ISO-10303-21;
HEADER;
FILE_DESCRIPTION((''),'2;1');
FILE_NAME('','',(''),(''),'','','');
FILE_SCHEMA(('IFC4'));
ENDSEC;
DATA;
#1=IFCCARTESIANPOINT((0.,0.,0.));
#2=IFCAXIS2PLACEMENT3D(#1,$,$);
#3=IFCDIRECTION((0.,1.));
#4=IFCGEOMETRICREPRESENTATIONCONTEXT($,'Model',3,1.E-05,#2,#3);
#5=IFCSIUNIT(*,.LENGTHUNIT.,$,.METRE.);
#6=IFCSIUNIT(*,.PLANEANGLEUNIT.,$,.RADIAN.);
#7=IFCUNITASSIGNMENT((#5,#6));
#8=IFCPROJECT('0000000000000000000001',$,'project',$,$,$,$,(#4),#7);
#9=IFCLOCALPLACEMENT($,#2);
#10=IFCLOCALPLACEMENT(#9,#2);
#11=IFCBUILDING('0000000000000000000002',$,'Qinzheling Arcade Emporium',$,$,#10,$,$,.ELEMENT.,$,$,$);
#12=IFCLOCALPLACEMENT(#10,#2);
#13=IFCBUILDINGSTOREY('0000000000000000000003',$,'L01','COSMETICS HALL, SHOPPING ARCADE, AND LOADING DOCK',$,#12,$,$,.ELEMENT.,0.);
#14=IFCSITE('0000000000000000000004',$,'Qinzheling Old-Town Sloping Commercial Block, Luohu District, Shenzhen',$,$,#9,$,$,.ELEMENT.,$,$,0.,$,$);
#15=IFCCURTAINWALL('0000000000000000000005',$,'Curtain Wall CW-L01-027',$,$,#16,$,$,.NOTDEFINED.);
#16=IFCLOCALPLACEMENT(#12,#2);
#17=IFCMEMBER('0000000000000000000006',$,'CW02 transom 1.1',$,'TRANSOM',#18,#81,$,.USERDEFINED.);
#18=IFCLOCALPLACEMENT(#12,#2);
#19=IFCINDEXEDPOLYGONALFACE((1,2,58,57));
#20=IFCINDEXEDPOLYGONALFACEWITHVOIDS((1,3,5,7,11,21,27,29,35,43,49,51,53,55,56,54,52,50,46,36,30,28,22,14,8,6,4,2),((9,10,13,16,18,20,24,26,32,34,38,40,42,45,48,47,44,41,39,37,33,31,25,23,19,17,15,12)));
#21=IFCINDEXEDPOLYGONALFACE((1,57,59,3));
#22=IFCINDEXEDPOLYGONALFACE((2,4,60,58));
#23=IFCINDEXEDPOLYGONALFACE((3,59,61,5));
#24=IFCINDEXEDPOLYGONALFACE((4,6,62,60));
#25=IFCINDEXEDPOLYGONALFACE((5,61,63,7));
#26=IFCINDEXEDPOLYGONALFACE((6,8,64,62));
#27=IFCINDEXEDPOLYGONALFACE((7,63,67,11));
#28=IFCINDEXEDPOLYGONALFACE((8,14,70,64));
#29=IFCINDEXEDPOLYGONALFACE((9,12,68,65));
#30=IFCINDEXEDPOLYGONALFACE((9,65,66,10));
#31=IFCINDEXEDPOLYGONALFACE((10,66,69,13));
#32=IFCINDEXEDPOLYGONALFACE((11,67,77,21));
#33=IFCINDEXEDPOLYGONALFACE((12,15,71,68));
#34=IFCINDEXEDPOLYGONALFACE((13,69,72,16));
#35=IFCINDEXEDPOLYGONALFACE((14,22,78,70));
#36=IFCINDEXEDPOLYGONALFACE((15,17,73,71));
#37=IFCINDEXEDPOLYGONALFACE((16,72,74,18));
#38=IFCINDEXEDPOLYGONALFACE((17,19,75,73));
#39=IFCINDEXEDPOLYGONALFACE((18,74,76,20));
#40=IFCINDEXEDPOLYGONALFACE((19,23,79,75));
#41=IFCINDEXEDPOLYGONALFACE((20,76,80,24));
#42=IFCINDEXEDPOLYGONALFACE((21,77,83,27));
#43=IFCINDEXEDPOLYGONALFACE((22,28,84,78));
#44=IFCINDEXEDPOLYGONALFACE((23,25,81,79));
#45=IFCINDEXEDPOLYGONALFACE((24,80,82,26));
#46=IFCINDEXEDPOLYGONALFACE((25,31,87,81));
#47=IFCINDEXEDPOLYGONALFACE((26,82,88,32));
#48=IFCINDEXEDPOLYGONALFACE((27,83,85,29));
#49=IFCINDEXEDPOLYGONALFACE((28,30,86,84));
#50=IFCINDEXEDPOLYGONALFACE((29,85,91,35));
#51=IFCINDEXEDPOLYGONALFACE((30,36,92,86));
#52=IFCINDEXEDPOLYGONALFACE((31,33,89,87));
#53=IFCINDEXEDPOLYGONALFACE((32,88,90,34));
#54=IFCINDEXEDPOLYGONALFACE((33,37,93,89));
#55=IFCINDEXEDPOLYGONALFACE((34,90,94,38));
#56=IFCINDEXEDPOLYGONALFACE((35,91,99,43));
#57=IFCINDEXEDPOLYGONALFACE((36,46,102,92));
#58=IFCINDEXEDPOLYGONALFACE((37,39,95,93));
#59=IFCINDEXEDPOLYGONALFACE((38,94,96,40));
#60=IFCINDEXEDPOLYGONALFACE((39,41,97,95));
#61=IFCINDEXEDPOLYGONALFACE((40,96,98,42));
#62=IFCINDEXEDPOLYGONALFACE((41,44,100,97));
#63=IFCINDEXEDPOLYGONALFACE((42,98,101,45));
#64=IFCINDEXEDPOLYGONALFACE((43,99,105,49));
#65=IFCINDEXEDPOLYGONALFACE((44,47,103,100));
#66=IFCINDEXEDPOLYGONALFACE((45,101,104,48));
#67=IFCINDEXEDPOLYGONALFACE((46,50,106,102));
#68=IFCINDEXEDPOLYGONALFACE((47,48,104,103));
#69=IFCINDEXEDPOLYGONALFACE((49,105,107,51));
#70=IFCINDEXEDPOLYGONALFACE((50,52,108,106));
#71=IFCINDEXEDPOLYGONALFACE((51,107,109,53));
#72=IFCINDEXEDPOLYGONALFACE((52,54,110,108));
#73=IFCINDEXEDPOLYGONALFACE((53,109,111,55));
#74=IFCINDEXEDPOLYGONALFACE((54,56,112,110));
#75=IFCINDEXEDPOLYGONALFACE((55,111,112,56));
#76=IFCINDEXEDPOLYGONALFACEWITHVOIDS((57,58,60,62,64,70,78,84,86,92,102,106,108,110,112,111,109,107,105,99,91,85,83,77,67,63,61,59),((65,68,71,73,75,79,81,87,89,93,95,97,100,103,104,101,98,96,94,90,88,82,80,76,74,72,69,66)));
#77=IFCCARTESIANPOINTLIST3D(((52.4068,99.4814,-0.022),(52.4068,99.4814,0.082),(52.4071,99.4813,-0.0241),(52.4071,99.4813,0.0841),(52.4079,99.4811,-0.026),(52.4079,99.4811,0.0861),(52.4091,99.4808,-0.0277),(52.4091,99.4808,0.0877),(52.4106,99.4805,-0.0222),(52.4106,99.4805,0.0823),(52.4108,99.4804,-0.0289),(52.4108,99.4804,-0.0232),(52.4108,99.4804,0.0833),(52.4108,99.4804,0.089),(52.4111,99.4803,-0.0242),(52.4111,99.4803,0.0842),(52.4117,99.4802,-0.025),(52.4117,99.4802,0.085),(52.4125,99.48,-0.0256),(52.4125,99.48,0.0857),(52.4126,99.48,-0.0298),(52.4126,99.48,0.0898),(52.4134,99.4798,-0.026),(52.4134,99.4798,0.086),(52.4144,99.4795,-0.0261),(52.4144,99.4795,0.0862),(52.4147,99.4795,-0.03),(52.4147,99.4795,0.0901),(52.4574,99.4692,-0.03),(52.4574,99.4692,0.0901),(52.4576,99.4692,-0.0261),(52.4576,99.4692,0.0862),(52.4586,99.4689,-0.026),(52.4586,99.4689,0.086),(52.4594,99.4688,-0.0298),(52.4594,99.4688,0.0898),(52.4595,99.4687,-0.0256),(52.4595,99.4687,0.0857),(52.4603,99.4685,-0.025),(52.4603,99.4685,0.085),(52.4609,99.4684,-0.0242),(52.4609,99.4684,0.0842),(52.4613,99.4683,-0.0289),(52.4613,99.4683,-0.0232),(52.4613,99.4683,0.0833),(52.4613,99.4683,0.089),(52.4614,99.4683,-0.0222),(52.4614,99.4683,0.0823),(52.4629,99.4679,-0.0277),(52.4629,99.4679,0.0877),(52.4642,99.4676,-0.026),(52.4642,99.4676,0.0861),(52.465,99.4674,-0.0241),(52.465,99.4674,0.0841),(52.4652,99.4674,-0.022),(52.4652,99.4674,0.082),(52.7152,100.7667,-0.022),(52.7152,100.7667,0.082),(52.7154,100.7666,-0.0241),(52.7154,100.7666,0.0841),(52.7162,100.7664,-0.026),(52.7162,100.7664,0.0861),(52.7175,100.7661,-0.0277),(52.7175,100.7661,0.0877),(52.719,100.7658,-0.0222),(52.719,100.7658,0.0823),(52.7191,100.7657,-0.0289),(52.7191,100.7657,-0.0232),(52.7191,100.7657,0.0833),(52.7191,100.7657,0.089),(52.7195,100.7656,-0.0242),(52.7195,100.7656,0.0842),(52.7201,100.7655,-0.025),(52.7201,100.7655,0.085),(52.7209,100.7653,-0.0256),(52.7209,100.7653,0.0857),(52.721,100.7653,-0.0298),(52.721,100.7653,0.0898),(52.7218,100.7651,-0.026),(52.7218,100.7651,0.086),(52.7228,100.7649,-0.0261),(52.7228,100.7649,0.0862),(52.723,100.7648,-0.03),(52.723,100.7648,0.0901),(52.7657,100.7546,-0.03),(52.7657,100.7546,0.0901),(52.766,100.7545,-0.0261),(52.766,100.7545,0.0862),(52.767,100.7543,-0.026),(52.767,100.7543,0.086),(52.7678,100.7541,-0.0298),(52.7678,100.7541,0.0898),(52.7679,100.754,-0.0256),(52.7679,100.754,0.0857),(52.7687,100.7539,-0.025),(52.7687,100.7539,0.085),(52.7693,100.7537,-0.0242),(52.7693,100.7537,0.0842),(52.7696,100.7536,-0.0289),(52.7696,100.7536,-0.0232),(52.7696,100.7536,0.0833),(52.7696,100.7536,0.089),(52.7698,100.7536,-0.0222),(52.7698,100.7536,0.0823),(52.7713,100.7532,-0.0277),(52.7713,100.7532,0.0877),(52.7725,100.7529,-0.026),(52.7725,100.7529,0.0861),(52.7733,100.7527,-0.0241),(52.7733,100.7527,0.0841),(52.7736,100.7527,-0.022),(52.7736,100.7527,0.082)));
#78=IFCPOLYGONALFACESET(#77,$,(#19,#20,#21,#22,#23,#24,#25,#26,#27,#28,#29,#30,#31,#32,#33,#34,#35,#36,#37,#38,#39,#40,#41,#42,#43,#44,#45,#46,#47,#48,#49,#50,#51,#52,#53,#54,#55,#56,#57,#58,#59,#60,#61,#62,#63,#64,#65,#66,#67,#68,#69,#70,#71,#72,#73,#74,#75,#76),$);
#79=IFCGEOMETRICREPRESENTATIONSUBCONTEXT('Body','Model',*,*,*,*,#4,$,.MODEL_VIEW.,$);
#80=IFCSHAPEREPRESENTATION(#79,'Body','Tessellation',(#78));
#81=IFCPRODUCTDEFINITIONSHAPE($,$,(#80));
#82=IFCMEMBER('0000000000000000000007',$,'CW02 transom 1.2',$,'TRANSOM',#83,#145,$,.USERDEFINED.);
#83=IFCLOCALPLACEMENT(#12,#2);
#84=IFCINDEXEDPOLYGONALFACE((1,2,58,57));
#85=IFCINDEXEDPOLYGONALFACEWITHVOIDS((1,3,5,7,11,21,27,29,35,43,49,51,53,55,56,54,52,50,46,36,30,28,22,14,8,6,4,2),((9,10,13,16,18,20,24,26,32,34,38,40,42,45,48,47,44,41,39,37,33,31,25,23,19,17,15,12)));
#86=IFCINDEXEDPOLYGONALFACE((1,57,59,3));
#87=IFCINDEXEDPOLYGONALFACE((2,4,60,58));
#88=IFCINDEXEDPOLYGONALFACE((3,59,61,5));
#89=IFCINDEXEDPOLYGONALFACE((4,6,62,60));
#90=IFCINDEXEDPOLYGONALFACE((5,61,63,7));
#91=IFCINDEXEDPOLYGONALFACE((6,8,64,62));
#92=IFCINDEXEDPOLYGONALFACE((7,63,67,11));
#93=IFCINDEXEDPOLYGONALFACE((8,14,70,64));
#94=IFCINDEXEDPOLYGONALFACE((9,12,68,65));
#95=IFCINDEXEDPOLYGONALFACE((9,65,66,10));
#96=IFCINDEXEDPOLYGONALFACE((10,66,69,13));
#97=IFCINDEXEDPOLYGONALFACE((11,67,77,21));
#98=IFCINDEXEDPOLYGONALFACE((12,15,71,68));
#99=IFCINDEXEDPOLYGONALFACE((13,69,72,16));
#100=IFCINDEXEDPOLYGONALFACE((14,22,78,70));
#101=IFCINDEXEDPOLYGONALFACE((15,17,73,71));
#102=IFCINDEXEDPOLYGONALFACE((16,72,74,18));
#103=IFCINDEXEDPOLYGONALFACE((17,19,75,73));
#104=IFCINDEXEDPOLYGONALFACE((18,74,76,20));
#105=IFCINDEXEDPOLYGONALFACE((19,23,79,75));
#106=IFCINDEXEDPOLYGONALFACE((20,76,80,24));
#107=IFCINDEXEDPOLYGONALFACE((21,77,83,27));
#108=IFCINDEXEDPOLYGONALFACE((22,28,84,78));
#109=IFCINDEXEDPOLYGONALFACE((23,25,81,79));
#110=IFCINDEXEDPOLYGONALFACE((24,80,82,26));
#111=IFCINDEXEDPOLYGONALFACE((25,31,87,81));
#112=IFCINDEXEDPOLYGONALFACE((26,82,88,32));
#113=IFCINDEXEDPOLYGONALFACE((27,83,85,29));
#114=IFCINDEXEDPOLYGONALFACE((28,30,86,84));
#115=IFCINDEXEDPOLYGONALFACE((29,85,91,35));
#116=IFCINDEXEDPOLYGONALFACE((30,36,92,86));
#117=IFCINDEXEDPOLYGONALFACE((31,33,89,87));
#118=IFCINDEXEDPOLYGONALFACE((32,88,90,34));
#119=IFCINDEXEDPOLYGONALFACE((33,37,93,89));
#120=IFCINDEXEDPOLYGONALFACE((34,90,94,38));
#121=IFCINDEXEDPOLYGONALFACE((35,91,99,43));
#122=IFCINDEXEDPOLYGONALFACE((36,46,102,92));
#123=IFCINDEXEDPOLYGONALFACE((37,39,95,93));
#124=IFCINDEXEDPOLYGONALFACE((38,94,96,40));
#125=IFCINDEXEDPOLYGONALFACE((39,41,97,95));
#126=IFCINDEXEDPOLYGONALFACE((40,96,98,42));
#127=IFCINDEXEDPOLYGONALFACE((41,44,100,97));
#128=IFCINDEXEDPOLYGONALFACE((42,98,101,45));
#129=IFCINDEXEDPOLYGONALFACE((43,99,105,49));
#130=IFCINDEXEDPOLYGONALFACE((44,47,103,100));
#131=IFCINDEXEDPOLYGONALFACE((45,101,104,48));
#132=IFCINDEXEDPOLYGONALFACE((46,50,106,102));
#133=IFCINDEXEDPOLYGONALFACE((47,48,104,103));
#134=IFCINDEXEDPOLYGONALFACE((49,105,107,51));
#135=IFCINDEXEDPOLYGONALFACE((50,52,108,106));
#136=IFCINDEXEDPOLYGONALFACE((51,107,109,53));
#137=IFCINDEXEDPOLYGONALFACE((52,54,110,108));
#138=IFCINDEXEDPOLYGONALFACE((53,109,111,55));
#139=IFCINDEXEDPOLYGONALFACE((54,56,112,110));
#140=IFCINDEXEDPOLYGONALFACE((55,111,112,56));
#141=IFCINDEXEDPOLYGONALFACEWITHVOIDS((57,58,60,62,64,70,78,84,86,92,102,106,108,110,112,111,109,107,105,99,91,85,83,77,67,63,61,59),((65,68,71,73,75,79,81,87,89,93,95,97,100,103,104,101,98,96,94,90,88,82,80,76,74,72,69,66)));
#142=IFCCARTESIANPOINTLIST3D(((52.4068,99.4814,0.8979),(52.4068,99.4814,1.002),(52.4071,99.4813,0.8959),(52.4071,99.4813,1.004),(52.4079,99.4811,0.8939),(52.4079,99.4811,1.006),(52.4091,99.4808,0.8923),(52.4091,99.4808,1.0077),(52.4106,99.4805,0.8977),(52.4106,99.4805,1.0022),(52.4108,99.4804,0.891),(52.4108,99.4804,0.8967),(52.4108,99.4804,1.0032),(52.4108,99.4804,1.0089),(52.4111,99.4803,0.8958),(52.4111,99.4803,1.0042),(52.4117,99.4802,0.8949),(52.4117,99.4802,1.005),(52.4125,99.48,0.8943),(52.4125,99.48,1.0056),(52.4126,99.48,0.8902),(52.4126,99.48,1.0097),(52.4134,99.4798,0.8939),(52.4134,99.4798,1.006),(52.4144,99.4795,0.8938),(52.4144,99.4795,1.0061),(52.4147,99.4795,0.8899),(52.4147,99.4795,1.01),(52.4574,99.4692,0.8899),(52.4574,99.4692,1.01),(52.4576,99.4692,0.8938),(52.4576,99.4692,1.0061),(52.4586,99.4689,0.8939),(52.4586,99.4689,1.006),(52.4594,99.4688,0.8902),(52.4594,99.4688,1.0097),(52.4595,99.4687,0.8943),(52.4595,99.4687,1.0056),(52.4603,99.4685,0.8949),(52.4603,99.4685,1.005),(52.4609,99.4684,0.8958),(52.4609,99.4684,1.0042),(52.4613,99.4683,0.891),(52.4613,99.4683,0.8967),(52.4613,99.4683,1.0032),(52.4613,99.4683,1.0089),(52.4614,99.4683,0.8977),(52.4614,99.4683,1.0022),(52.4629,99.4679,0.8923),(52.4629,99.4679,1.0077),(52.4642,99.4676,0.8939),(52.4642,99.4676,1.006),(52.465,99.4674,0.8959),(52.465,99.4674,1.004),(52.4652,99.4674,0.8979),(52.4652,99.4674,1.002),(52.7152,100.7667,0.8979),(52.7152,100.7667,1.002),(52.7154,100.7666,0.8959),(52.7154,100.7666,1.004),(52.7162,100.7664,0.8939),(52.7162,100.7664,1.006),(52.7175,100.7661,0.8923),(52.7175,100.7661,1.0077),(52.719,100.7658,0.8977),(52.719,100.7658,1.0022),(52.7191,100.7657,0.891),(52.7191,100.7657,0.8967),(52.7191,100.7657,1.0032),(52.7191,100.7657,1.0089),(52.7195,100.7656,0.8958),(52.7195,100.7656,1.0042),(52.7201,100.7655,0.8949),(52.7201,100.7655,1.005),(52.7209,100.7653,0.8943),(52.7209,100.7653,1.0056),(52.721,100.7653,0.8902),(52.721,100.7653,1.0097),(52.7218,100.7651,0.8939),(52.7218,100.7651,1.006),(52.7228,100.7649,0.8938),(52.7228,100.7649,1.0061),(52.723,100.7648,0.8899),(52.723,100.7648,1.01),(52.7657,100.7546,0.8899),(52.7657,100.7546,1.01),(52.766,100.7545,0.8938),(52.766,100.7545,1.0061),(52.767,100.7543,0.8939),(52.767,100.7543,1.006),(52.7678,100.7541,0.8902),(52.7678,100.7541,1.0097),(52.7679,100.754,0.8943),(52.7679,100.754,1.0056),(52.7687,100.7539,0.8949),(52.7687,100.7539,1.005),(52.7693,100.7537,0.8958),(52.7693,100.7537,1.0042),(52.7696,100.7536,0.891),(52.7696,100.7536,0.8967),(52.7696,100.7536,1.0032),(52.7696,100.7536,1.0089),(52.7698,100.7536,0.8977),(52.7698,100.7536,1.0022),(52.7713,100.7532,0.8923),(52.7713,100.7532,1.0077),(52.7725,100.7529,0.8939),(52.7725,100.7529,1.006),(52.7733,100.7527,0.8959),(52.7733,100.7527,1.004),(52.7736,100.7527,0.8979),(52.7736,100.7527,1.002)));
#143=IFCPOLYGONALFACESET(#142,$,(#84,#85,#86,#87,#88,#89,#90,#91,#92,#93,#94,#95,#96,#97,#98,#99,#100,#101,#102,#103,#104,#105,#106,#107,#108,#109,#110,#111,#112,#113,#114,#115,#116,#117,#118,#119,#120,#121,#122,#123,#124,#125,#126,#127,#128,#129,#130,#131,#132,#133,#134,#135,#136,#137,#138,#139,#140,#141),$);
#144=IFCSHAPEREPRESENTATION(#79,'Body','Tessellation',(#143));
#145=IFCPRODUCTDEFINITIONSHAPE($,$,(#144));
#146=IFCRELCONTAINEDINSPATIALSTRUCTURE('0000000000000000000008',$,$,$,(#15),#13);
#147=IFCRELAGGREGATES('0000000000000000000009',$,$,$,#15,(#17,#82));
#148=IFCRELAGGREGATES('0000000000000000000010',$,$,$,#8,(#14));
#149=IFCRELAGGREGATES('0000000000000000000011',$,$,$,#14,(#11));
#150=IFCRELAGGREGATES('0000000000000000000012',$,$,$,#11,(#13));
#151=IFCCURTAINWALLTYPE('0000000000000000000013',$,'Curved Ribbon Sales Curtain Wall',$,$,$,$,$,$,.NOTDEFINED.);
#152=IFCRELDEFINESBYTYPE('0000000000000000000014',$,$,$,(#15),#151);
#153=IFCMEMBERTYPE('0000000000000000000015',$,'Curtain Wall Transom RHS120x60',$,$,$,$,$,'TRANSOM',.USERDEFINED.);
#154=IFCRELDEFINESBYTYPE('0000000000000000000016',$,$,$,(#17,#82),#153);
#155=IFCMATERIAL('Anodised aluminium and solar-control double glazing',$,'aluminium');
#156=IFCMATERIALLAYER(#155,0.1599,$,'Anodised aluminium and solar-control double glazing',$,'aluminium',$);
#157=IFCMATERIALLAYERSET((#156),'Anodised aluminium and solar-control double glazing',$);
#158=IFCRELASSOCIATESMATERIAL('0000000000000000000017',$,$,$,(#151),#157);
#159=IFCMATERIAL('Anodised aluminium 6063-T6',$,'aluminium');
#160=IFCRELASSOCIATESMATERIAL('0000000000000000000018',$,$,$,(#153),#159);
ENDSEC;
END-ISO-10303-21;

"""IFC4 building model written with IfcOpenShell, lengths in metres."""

from ifc_helpers import new_model, si_unit, direction, frame, origin, origin_2d, place, context, subcontext, project, spatial, hollow_rectangle, extrude, material, layer, layer_set, material_profile, profile_set, type_object, element, aggregate, save


model = new_model("IFC4")

# Units and contexts
model_context = context("Model", 3, precision=1e-05, world=origin(), true_north=direction((0.0, 1.0)))
body_context = subcontext(model_context, "Body", "Model", "MODEL_VIEW")
ifc_project = project(units=[si_unit("LENGTHUNIT", "METRE"), si_unit("PLANEANGLEUNIT", "RADIAN")], contexts=[model_context])

# Site, building, storey
site_placement = place(None, origin())
site = spatial("IfcSite", under=ifc_project, at=site_placement, Name="Qinzheling Old-Town Sloping Commercial Block, Luohu District, Shenzhen", CompositionType="ELEMENT", RefElevation=0.0)
building_placement = place(site_placement, origin())
building = spatial("IfcBuilding", under=site, at=building_placement, Name="Qinzheling Arcade Emporium", CompositionType="ELEMENT")
storey_placement = place(building_placement, origin())
storey = spatial("IfcBuildingStorey", under=building, at=storey_placement, Name="L01", Description="COSMETICS HALL, SHOPPING ARCADE, AND LOADING DOCK", CompositionType="ELEMENT", Elevation=0.0)

# Curtain wall, members
ifc_material_1 = material(Name="Anodised aluminium and solar-control double glazing", Category="aluminium")
ifc_layer_1 = layer(ifc_material_1, 0.1599, Name="Anodised aluminium and solar-control double glazing", Category="aluminium")
ifc_layer_set_1 = layer_set([ifc_layer_1], Name="Anodised aluminium and solar-control double glazing")
curtain_wall_type = type_object("IfcCurtainWallType", Name="Curved Ribbon Sales Curtain Wall", PredefinedType="NOTDEFINED", material=ifc_layer_set_1)
curtain_wall_placement = place(storey_placement, origin())
curtain_wall = element("IfcCurtainWall", 1, at=curtain_wall_placement, inside=storey, type_object=curtain_wall_type, Name="Curtain Wall CW-L01-027", PredefinedType="NOTDEFINED")
ifc_material_2 = material(Name="Anodised aluminium 6063-T6", Category="aluminium")
ifc_material_profile_1 = material_profile(ifc_material_2, hollow_rectangle(XDim=0.0601, YDim=0.1201, WallThickness=0.0039, InnerFilletRadius=0.0039, OuterFilletRadius=0.0081, at=origin_2d()), Name="RHS 120x60x4", Category="aluminium")
ifc_profile_set_1 = profile_set([ifc_material_profile_1], Name="Anodised aluminium 6063-T6")
member_type_1 = type_object("IfcMemberType", Name="Curtain Wall Transom RHS120x60", ElementType="TRANSOM", PredefinedType="USERDEFINED", material=ifc_profile_set_1)
member_1_placement = place(storey_placement, frame((52.436, 99.4744, 0.03), z_axis=(0.233268, 0.972412, 0.0), x_axis=(-0.972412, 0.233268, 0.0)))
member_1 = element("IfcMember", 2, at=member_1_placement, type_object=member_type_1, Name="CW02 transom 1.1", ObjectType="TRANSOM", PredefinedType="USERDEFINED", context=body_context, shape_type="SweptSolid", body=[
    extrude(hollow_rectangle(XDim=0.0601, YDim=0.1201, WallThickness=0.0039, InnerFilletRadius=0.0039, OuterFilletRadius=0.0081, at=origin_2d()), origin(), (0.0, 0.0, 1.0), 1.3218),
])
member_2_placement = place(storey_placement, frame((52.436, 99.4744, 0.95), z_axis=(0.233268, 0.972412, 0.0), x_axis=(-0.972412, 0.233268, 0.0)))
member_2 = element("IfcMember", 3, at=member_2_placement, type_object=member_type_1, Name="CW02 transom 1.2", ObjectType="TRANSOM", PredefinedType="USERDEFINED", context=body_context, shape_type="SweptSolid", body=[
    extrude(hollow_rectangle(XDim=0.0601, YDim=0.1201, WallThickness=0.0039, InnerFilletRadius=0.0039, OuterFilletRadius=0.0081, at=origin_2d()), origin(), (0.0, 0.0, 1.0), 1.3218),
])

aggregate(curtain_wall, [member_1, member_2])

save(model, "model.ifc")
